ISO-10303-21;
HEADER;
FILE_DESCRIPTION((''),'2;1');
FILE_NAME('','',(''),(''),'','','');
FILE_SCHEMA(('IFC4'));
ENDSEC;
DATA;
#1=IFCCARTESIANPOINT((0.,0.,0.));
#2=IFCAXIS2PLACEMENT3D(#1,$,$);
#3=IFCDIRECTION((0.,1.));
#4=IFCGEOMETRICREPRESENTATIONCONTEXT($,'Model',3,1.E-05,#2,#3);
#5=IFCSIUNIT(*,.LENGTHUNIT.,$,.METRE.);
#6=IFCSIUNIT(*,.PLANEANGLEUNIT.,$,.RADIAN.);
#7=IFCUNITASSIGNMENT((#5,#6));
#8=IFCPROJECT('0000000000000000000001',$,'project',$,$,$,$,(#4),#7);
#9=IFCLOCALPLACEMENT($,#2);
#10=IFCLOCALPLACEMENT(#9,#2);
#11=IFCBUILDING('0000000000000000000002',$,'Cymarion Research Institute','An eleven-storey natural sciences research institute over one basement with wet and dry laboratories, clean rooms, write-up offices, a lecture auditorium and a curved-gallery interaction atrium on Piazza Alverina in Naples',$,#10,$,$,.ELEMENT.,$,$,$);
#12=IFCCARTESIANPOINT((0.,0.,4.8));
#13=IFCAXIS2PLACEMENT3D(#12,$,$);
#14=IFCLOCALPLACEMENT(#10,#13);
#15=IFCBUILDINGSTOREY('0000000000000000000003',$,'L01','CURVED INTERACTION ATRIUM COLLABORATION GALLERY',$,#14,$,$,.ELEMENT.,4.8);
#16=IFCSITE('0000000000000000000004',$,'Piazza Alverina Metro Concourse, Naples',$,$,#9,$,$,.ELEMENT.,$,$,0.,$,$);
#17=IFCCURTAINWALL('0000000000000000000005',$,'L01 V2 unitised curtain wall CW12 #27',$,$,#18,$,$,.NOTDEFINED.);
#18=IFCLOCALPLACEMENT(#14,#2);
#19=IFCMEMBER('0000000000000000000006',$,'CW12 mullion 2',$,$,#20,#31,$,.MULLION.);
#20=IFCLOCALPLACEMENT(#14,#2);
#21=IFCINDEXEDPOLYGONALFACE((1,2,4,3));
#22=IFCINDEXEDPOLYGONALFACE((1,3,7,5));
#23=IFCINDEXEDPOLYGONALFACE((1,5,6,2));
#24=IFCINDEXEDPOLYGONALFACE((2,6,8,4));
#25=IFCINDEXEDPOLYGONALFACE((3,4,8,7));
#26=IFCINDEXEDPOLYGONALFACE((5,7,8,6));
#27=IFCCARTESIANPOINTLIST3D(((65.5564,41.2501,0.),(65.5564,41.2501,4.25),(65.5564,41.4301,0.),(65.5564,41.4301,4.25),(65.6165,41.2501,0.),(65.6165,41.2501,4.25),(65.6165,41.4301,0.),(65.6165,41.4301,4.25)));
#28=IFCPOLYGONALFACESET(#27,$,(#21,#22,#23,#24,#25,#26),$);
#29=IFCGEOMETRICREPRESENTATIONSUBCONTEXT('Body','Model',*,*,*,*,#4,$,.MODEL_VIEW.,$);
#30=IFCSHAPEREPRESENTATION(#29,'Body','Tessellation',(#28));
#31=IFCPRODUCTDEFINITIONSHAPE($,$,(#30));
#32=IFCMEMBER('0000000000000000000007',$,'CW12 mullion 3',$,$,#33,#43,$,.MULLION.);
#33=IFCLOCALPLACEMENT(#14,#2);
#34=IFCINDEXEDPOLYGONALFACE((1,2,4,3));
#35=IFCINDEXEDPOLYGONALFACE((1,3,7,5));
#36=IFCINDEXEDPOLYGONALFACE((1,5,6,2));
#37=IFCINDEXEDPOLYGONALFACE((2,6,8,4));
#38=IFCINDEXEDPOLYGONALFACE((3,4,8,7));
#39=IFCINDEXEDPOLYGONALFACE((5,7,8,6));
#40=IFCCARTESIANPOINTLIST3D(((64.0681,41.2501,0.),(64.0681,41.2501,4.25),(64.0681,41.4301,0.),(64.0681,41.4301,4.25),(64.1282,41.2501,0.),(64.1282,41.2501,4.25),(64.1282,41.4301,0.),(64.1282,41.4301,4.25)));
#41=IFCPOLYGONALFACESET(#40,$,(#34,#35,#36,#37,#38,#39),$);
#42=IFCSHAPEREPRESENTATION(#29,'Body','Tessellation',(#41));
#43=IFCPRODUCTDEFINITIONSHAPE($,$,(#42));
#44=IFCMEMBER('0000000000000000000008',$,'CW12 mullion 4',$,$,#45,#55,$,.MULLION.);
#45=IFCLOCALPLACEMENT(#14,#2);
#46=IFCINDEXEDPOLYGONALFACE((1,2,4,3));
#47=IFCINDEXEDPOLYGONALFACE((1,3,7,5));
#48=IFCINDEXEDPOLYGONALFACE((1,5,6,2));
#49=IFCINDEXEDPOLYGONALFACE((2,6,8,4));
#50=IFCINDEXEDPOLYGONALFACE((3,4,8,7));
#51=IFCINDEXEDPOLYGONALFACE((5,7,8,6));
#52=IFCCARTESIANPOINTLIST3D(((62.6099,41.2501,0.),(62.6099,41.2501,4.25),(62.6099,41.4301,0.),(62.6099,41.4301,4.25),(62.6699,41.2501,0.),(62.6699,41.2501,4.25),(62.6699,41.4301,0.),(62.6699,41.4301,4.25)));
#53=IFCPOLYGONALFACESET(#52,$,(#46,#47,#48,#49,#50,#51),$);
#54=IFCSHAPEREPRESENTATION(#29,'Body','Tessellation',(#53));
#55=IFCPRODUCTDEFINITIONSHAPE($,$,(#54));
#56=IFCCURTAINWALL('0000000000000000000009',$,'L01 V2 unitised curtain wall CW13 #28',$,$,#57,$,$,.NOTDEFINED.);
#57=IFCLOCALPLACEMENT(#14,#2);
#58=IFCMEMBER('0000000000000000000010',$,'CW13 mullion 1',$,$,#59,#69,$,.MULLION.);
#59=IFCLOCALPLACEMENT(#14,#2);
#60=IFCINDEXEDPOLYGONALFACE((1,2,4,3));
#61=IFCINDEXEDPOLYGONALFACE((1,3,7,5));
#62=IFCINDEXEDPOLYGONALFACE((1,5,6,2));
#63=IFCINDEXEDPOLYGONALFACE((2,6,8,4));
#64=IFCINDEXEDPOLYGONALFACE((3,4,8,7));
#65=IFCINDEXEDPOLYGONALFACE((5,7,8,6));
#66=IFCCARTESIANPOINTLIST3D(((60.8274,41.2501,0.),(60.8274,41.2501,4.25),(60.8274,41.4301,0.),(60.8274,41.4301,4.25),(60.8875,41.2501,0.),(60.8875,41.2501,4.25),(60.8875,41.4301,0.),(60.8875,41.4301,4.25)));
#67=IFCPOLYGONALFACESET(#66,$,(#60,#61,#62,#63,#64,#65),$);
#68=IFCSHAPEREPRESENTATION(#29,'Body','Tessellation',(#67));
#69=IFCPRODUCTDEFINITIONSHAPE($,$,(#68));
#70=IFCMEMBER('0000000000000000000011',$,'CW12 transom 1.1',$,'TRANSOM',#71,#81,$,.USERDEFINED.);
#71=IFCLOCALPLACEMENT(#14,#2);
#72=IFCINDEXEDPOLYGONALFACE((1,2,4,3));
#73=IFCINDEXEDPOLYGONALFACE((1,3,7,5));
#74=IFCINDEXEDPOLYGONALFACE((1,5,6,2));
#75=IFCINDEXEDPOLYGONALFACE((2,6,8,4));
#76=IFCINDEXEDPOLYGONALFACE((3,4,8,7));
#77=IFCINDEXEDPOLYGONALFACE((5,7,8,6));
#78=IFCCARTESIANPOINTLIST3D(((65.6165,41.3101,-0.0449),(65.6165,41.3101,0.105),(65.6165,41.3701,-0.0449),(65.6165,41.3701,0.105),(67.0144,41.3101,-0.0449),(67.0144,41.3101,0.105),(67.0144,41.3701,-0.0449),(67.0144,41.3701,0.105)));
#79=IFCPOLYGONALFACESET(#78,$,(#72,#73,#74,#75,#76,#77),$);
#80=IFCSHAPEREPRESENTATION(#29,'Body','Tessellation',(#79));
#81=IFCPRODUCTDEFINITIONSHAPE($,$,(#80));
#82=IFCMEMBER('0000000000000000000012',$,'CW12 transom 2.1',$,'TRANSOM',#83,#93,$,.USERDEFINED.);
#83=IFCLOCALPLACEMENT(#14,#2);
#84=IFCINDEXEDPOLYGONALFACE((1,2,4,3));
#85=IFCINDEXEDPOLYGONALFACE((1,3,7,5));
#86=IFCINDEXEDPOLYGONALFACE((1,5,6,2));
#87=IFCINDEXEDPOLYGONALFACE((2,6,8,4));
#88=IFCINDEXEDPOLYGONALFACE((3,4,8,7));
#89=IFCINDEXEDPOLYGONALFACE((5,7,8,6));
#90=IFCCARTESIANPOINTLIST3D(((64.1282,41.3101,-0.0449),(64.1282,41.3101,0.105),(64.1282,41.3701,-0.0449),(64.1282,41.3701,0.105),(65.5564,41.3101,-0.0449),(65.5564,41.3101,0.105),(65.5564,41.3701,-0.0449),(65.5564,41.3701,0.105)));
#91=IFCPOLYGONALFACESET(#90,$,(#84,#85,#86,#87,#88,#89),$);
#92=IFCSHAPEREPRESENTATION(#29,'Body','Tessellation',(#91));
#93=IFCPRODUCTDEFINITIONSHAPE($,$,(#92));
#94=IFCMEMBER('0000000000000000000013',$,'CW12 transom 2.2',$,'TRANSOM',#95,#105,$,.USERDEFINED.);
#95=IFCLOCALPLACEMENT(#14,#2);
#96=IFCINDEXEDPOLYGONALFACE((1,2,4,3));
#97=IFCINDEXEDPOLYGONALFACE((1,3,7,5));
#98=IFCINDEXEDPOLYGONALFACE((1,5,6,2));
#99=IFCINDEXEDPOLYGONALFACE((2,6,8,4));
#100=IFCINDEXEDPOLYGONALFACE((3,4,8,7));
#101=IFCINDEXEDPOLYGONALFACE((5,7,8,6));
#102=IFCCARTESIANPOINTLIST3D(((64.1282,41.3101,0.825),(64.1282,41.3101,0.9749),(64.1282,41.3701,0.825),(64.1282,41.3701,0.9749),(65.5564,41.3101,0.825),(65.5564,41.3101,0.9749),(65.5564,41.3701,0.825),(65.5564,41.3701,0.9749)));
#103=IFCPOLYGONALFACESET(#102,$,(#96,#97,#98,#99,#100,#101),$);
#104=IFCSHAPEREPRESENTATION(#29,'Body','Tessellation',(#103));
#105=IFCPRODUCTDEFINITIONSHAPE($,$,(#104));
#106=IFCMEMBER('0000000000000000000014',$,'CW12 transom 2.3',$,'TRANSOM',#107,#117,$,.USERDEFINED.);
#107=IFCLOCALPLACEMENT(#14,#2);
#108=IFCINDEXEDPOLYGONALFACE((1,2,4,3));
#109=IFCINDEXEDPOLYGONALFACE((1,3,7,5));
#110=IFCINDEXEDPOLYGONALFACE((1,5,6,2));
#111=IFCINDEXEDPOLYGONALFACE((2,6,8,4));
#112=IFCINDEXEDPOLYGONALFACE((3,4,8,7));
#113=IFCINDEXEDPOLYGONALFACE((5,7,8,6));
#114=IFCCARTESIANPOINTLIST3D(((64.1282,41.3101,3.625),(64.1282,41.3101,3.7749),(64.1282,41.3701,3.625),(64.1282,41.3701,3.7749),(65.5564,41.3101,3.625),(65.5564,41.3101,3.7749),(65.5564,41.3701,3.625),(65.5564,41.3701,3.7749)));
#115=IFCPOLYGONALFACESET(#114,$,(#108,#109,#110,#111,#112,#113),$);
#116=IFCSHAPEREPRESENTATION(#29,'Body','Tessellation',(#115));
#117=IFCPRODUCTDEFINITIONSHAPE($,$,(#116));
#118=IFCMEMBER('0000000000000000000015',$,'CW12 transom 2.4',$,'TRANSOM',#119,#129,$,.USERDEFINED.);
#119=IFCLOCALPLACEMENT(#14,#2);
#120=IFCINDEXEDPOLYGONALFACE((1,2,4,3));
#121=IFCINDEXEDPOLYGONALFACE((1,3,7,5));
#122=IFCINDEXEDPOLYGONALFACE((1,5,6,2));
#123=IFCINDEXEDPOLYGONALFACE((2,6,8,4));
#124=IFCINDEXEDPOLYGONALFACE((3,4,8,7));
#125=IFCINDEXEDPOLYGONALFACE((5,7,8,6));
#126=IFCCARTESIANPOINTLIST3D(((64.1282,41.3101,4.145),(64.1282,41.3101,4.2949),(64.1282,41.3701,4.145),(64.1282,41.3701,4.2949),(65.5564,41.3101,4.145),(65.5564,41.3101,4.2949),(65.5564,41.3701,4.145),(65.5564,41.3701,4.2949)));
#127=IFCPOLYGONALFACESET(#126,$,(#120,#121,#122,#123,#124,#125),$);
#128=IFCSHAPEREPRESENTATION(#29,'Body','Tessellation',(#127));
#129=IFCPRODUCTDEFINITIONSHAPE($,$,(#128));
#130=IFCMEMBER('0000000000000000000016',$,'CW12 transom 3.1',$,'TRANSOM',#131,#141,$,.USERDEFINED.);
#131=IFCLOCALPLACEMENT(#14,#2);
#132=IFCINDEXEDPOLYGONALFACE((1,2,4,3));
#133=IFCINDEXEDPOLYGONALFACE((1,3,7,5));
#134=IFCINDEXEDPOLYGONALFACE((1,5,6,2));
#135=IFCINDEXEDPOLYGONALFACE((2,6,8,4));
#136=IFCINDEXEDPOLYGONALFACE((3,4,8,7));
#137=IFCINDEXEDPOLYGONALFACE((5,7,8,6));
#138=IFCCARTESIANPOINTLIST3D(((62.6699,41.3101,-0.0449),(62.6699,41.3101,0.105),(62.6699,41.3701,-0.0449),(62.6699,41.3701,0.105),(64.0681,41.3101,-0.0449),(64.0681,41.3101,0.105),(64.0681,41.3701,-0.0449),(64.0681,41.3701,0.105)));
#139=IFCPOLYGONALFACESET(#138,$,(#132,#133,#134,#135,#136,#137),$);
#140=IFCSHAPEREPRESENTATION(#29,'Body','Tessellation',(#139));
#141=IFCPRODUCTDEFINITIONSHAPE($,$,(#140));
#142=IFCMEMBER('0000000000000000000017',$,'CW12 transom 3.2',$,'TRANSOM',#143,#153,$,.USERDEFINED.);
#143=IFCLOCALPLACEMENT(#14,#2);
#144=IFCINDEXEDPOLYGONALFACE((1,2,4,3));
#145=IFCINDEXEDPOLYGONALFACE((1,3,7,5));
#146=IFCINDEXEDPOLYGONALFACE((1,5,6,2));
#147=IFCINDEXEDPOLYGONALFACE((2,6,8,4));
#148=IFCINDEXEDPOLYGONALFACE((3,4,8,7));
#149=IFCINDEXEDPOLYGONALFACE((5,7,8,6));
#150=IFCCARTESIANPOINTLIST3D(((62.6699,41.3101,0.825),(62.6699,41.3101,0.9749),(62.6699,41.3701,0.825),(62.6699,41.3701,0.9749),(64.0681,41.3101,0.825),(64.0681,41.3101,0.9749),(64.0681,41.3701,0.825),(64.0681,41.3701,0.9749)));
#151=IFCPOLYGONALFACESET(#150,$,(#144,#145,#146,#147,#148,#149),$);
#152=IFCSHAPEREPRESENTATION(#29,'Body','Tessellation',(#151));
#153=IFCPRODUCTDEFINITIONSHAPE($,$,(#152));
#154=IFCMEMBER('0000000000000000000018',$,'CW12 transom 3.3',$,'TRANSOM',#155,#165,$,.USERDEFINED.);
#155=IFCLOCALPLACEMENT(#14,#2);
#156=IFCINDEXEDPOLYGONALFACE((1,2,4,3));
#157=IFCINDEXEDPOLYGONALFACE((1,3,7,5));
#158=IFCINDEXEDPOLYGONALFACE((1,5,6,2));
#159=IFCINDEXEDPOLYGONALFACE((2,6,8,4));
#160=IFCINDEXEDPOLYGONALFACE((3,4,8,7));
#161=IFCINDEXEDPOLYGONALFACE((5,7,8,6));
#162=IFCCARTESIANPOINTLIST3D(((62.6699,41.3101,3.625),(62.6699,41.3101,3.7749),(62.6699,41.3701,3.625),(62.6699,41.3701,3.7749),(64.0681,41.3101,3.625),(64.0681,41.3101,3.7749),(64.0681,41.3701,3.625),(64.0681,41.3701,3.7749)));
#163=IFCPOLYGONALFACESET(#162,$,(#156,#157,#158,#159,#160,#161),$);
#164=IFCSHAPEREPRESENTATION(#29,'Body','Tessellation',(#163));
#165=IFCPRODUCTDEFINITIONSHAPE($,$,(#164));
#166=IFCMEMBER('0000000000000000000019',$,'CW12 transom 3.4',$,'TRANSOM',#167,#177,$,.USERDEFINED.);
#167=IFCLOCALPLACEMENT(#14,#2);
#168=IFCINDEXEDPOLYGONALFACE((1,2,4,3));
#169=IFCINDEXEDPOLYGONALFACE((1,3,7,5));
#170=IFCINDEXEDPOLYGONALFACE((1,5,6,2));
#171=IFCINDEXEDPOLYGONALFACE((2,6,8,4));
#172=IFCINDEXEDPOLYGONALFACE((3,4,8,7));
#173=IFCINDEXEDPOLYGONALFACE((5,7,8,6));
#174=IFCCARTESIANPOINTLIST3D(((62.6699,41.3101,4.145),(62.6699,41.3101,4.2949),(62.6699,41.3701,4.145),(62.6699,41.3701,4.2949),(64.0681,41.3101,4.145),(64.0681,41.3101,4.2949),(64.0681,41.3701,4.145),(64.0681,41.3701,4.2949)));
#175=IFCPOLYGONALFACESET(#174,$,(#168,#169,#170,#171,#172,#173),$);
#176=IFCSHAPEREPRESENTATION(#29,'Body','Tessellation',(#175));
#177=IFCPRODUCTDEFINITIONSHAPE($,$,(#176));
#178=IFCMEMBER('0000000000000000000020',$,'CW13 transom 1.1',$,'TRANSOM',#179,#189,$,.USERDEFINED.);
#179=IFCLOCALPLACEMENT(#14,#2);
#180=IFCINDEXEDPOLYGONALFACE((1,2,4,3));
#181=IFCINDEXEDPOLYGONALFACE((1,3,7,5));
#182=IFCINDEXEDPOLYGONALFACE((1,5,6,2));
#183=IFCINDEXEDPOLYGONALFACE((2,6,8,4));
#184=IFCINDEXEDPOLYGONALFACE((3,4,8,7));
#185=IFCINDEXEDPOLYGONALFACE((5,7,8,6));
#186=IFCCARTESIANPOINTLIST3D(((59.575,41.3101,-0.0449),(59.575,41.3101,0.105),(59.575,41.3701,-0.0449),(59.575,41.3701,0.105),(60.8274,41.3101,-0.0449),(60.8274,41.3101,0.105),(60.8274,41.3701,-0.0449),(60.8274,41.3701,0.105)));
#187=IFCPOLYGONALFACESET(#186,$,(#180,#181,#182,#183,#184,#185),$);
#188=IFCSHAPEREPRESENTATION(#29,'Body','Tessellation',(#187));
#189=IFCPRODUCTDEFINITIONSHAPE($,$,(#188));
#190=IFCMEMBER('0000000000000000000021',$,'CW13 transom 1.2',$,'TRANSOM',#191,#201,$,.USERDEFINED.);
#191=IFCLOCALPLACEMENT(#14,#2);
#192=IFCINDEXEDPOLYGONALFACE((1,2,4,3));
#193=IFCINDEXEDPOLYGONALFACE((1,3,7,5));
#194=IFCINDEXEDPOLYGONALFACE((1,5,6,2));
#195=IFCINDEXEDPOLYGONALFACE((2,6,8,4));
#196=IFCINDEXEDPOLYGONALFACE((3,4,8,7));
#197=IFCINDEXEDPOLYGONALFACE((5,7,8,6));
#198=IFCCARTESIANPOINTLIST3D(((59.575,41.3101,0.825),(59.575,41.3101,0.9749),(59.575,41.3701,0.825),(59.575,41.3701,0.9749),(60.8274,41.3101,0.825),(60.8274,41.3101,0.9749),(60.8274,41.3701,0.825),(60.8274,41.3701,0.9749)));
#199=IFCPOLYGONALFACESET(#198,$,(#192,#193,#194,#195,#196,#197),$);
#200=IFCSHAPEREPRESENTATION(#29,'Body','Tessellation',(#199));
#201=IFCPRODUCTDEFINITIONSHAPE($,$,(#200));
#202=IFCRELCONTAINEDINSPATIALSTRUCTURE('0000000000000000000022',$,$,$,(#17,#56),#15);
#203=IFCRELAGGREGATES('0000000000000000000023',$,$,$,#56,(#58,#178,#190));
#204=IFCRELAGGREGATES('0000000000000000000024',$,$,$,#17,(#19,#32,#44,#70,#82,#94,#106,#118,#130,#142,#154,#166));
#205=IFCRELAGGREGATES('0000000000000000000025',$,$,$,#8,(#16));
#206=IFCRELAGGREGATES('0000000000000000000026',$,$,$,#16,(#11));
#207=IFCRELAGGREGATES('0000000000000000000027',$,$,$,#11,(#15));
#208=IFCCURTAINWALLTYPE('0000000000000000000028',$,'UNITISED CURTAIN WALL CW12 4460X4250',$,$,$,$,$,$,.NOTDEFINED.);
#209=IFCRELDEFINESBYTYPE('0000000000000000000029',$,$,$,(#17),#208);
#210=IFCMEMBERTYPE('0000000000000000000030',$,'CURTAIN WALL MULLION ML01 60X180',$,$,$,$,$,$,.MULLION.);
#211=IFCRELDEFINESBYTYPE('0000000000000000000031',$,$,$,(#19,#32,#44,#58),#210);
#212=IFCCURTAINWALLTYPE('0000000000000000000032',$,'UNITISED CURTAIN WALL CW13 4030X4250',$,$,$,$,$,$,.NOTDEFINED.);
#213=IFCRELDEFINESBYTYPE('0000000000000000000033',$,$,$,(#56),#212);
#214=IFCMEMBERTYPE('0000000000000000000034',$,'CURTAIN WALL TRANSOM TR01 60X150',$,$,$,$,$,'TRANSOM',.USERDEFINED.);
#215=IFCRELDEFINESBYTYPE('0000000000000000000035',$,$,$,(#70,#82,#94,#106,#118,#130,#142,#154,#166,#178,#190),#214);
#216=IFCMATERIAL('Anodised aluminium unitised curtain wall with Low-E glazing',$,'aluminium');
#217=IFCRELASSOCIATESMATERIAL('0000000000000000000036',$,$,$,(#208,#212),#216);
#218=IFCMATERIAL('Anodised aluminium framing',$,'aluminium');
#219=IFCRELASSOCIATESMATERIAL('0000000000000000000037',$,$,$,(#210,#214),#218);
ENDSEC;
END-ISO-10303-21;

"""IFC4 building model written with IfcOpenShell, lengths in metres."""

from ifc_helpers import new_model, si_unit, direction, frame, origin, origin_2d, place, context, subcontext, project, spatial, rectangle, extrude, material, material_profile, profile_set, type_object, element, aggregate, save


model = new_model("IFC4")

# Units and contexts
model_context = context("Model", 3, precision=1e-05, world=origin(), true_north=direction((0.0, 1.0)))
body_context = subcontext(model_context, "Body", "Model", "MODEL_VIEW")
ifc_project = project(units=[si_unit("LENGTHUNIT", "METRE"), si_unit("PLANEANGLEUNIT", "RADIAN")], contexts=[model_context])

# Site, building, storey
site_placement = place(None, origin())
site = spatial("IfcSite", under=ifc_project, at=site_placement, Name="Piazza Alverina Metro Concourse, Naples", CompositionType="ELEMENT", RefElevation=0.0)
building_placement = place(site_placement, origin())
building = spatial("IfcBuilding", under=site, at=building_placement, Name="Cymarion Research Institute", Description="An eleven-storey natural sciences research institute over one basement with wet and dry laboratories, clean rooms, write-up offices, a lecture auditorium and a curved-gallery interaction atrium on Piazza Alverina in Naples", CompositionType="ELEMENT")
storey_placement = place(building_placement, frame((0.0, 0.0, 4.8)))
storey = spatial("IfcBuildingStorey", under=building, at=storey_placement, Name="L01", Description="CURVED INTERACTION ATRIUM COLLABORATION GALLERY", CompositionType="ELEMENT", Elevation=4.8)

# Curtain wall, members
ifc_material_1 = material(Name="Anodised aluminium unitised curtain wall with Low-E glazing", Category="aluminium")
curtain_wall_type_1 = type_object("IfcCurtainWallType", Name="UNITISED CURTAIN WALL CW12 4460X4250", PredefinedType="NOTDEFINED", material=ifc_material_1)
curtain_wall_1_placement = place(storey_placement, origin())
curtain_wall_1 = element("IfcCurtainWall", 1, at=curtain_wall_1_placement, inside=storey, type_object=curtain_wall_type_1, Name="L01 V2 unitised curtain wall CW12 #27", PredefinedType="NOTDEFINED")
ifc_material_2 = material(Name="Anodised aluminium framing", Category="aluminium")
ifc_material_profile_1 = material_profile(ifc_material_2, rectangle(XDim=0.0601, YDim=0.1799, at=origin_2d()), Name="ALU MULLION 60x180")
ifc_profile_set_1 = profile_set([ifc_material_profile_1], Name="Anodised aluminium framing")
member_type_1 = type_object("IfcMemberType", Name="CURTAIN WALL MULLION ML01 60X180", PredefinedType="MULLION", material=ifc_profile_set_1)
member_1_placement = place(storey_placement, frame((65.5864, 41.3401, 0.0), z_axis=(0.0, 0.0, 1.0), x_axis=(-1.0, 0.0, 0.0)))
member_1 = element("IfcMember", 2, at=member_1_placement, type_object=member_type_1, Name="CW12 mullion 2", PredefinedType="MULLION", context=body_context, shape_type="SweptSolid", body=[
    extrude(rectangle(XDim=0.0601, YDim=0.1799, at=origin_2d()), origin(), (0.0, 0.0, 1.0), 4.25),
])
member_2_placement = place(storey_placement, frame((64.0981, 41.3401, 0.0), z_axis=(0.0, 0.0, 1.0), x_axis=(-1.0, 0.0, 0.0)))
member_2 = element("IfcMember", 3, at=member_2_placement, type_object=member_type_1, Name="CW12 mullion 3", PredefinedType="MULLION", context=body_context, shape_type="SweptSolid", body=[
    extrude(rectangle(XDim=0.0601, YDim=0.1799, at=origin_2d()), origin(), (0.0, 0.0, 1.0), 4.25),
])
member_3_placement = place(storey_placement, frame((62.6399, 41.3401, 0.0), z_axis=(0.0, 0.0, 1.0), x_axis=(-1.0, 0.0, 0.0)))
member_3 = element("IfcMember", 4, at=member_3_placement, type_object=member_type_1, Name="CW12 mullion 4", PredefinedType="MULLION", context=body_context, shape_type="SweptSolid", body=[
    extrude(rectangle(XDim=0.0601, YDim=0.1799, at=origin_2d()), origin(), (0.0, 0.0, 1.0), 4.25),
])

# Curtain wall, member
curtain_wall_type_2 = type_object("IfcCurtainWallType", Name="UNITISED CURTAIN WALL CW13 4030X4250", PredefinedType="NOTDEFINED", material=ifc_material_1)
curtain_wall_2_placement = place(storey_placement, origin())
curtain_wall_2 = element("IfcCurtainWall", 5, at=curtain_wall_2_placement, inside=storey, type_object=curtain_wall_type_2, Name="L01 V2 unitised curtain wall CW13 #28", PredefinedType="NOTDEFINED")
member_4_placement = place(storey_placement, frame((60.8574, 41.3401, 0.0), z_axis=(0.0, 0.0, 1.0), x_axis=(-1.0, 0.0, 0.0)))
member_4 = element("IfcMember", 6, at=member_4_placement, type_object=member_type_1, Name="CW13 mullion 1", PredefinedType="MULLION", context=body_context, shape_type="SweptSolid", body=[
    extrude(rectangle(XDim=0.0601, YDim=0.1799, at=origin_2d()), origin(), (0.0, 0.0, 1.0), 4.25),
])

# Members
ifc_material_profile_2 = material_profile(ifc_material_2, rectangle(XDim=0.0601, YDim=0.1499, at=origin_2d()), Name="ALU TRANSOM 60x150")
ifc_profile_set_2 = profile_set([ifc_material_profile_2], Name="Anodised aluminium framing")
member_type_2 = type_object("IfcMemberType", Name="CURTAIN WALL TRANSOM TR01 60X150", ElementType="TRANSOM", PredefinedType="USERDEFINED", material=ifc_profile_set_2)
member_5_placement = place(storey_placement, frame((67.0144, 41.3401, 0.03), z_axis=(-1.0, 0.0, 0.0), x_axis=(0.0, -1.0, 0.0)))
member_5 = element("IfcMember", 7, at=member_5_placement, type_object=member_type_2, Name="CW12 transom 1.1", ObjectType="TRANSOM", PredefinedType="USERDEFINED", context=body_context, shape_type="SweptSolid", body=[
    extrude(rectangle(XDim=0.0601, YDim=0.1499, at=origin_2d()), origin(), (0.0, 0.0, 1.0), 1.3979),
])
member_6_placement = place(storey_placement, frame((65.5564, 41.3401, 0.03), z_axis=(-1.0, 0.0, 0.0), x_axis=(0.0, -1.0, 0.0)))
member_6 = element("IfcMember", 8, at=member_6_placement, type_object=member_type_2, Name="CW12 transom 2.1", ObjectType="TRANSOM", PredefinedType="USERDEFINED", context=body_context, shape_type="SweptSolid", body=[
    extrude(rectangle(XDim=0.0601, YDim=0.1499, at=origin_2d()), origin(), (0.0, 0.0, 1.0), 1.4282),
])
member_7_placement = place(storey_placement, frame((65.5564, 41.3401, 0.8999), z_axis=(-1.0, 0.0, 0.0), x_axis=(0.0, -1.0, 0.0)))
member_7 = element("IfcMember", 9, at=member_7_placement, type_object=member_type_2, Name="CW12 transom 2.2", ObjectType="TRANSOM", PredefinedType="USERDEFINED", context=body_context, shape_type="SweptSolid", body=[
    extrude(rectangle(XDim=0.0601, YDim=0.1499, at=origin_2d()), origin(), (0.0, 0.0, 1.0), 1.4282),
])
member_8_placement = place(storey_placement, frame((65.5564, 41.3401, 3.7), z_axis=(-1.0, 0.0, 0.0), x_axis=(0.0, -1.0, 0.0)))
member_8 = element("IfcMember", 10, at=member_8_placement, type_object=member_type_2, Name="CW12 transom 2.3", ObjectType="TRANSOM", PredefinedType="USERDEFINED", context=body_context, shape_type="SweptSolid", body=[
    extrude(rectangle(XDim=0.0601, YDim=0.1499, at=origin_2d()), origin(), (0.0, 0.0, 1.0), 1.4282),
])
member_9_placement = place(storey_placement, frame((65.5564, 41.3401, 4.22), z_axis=(-1.0, 0.0, 0.0), x_axis=(0.0, -1.0, 0.0)))
member_9 = element("IfcMember", 11, at=member_9_placement, type_object=member_type_2, Name="CW12 transom 2.4", ObjectType="TRANSOM", PredefinedType="USERDEFINED", context=body_context, shape_type="SweptSolid", body=[
    extrude(rectangle(XDim=0.0601, YDim=0.1499, at=origin_2d()), origin(), (0.0, 0.0, 1.0), 1.4282),
])
member_10_placement = place(storey_placement, frame((64.0681, 41.3401, 0.03), z_axis=(-1.0, 0.0, 0.0), x_axis=(0.0, -1.0, 0.0)))
member_10 = element("IfcMember", 12, at=member_10_placement, type_object=member_type_2, Name="CW12 transom 3.1", ObjectType="TRANSOM", PredefinedType="USERDEFINED", context=body_context, shape_type="SweptSolid", body=[
    extrude(rectangle(XDim=0.0601, YDim=0.1499, at=origin_2d()), origin(), (0.0, 0.0, 1.0), 1.3982),
])
member_11_placement = place(storey_placement, frame((64.0681, 41.3401, 0.8999), z_axis=(-1.0, 0.0, 0.0), x_axis=(0.0, -1.0, 0.0)))
member_11 = element("IfcMember", 13, at=member_11_placement, type_object=member_type_2, Name="CW12 transom 3.2", ObjectType="TRANSOM", PredefinedType="USERDEFINED", context=body_context, shape_type="SweptSolid", body=[
    extrude(rectangle(XDim=0.0601, YDim=0.1499, at=origin_2d()), origin(), (0.0, 0.0, 1.0), 1.3982),
])
member_12_placement = place(storey_placement, frame((64.0681, 41.3401, 3.7), z_axis=(-1.0, 0.0, 0.0), x_axis=(0.0, -1.0, 0.0)))
member_12 = element("IfcMember", 14, at=member_12_placement, type_object=member_type_2, Name="CW12 transom 3.3", ObjectType="TRANSOM", PredefinedType="USERDEFINED", context=body_context, shape_type="SweptSolid", body=[
    extrude(rectangle(XDim=0.0601, YDim=0.1499, at=origin_2d()), origin(), (0.0, 0.0, 1.0), 1.3982),
])
member_13_placement = place(storey_placement, frame((64.0681, 41.3401, 4.22), z_axis=(-1.0, 0.0, 0.0), x_axis=(0.0, -1.0, 0.0)))
member_13 = element("IfcMember", 15, at=member_13_placement, type_object=member_type_2, Name="CW12 transom 3.4", ObjectType="TRANSOM", PredefinedType="USERDEFINED", context=body_context, shape_type="SweptSolid", body=[
    extrude(rectangle(XDim=0.0601, YDim=0.1499, at=origin_2d()), origin(), (0.0, 0.0, 1.0), 1.3982),
])
member_14_placement = place(storey_placement, frame((60.8274, 41.3401, 0.03), z_axis=(-1.0, 0.0, 0.0), x_axis=(0.0, -1.0, 0.0)))
member_14 = element("IfcMember", 16, at=member_14_placement, type_object=member_type_2, Name="CW13 transom 1.1", ObjectType="TRANSOM", PredefinedType="USERDEFINED", context=body_context, shape_type="SweptSolid", body=[
    extrude(rectangle(XDim=0.0601, YDim=0.1499, at=origin_2d()), origin(), (0.0, 0.0, 1.0), 1.2524),
])
member_15_placement = place(storey_placement, frame((60.8274, 41.3401, 0.8999), z_axis=(-1.0, 0.0, 0.0), x_axis=(0.0, -1.0, 0.0)))
member_15 = element("IfcMember", 17, at=member_15_placement, type_object=member_type_2, Name="CW13 transom 1.2", ObjectType="TRANSOM", PredefinedType="USERDEFINED", context=body_context, shape_type="SweptSolid", body=[
    extrude(rectangle(XDim=0.0601, YDim=0.1499, at=origin_2d()), origin(), (0.0, 0.0, 1.0), 1.2524),
])

aggregate(curtain_wall_2, [member_4, member_14, member_15])
aggregate(curtain_wall_1, [member_1, member_2, member_3, member_5, member_6, member_7, member_8, member_9, member_10, member_11, member_12, member_13])

save(model, "model.ifc")
